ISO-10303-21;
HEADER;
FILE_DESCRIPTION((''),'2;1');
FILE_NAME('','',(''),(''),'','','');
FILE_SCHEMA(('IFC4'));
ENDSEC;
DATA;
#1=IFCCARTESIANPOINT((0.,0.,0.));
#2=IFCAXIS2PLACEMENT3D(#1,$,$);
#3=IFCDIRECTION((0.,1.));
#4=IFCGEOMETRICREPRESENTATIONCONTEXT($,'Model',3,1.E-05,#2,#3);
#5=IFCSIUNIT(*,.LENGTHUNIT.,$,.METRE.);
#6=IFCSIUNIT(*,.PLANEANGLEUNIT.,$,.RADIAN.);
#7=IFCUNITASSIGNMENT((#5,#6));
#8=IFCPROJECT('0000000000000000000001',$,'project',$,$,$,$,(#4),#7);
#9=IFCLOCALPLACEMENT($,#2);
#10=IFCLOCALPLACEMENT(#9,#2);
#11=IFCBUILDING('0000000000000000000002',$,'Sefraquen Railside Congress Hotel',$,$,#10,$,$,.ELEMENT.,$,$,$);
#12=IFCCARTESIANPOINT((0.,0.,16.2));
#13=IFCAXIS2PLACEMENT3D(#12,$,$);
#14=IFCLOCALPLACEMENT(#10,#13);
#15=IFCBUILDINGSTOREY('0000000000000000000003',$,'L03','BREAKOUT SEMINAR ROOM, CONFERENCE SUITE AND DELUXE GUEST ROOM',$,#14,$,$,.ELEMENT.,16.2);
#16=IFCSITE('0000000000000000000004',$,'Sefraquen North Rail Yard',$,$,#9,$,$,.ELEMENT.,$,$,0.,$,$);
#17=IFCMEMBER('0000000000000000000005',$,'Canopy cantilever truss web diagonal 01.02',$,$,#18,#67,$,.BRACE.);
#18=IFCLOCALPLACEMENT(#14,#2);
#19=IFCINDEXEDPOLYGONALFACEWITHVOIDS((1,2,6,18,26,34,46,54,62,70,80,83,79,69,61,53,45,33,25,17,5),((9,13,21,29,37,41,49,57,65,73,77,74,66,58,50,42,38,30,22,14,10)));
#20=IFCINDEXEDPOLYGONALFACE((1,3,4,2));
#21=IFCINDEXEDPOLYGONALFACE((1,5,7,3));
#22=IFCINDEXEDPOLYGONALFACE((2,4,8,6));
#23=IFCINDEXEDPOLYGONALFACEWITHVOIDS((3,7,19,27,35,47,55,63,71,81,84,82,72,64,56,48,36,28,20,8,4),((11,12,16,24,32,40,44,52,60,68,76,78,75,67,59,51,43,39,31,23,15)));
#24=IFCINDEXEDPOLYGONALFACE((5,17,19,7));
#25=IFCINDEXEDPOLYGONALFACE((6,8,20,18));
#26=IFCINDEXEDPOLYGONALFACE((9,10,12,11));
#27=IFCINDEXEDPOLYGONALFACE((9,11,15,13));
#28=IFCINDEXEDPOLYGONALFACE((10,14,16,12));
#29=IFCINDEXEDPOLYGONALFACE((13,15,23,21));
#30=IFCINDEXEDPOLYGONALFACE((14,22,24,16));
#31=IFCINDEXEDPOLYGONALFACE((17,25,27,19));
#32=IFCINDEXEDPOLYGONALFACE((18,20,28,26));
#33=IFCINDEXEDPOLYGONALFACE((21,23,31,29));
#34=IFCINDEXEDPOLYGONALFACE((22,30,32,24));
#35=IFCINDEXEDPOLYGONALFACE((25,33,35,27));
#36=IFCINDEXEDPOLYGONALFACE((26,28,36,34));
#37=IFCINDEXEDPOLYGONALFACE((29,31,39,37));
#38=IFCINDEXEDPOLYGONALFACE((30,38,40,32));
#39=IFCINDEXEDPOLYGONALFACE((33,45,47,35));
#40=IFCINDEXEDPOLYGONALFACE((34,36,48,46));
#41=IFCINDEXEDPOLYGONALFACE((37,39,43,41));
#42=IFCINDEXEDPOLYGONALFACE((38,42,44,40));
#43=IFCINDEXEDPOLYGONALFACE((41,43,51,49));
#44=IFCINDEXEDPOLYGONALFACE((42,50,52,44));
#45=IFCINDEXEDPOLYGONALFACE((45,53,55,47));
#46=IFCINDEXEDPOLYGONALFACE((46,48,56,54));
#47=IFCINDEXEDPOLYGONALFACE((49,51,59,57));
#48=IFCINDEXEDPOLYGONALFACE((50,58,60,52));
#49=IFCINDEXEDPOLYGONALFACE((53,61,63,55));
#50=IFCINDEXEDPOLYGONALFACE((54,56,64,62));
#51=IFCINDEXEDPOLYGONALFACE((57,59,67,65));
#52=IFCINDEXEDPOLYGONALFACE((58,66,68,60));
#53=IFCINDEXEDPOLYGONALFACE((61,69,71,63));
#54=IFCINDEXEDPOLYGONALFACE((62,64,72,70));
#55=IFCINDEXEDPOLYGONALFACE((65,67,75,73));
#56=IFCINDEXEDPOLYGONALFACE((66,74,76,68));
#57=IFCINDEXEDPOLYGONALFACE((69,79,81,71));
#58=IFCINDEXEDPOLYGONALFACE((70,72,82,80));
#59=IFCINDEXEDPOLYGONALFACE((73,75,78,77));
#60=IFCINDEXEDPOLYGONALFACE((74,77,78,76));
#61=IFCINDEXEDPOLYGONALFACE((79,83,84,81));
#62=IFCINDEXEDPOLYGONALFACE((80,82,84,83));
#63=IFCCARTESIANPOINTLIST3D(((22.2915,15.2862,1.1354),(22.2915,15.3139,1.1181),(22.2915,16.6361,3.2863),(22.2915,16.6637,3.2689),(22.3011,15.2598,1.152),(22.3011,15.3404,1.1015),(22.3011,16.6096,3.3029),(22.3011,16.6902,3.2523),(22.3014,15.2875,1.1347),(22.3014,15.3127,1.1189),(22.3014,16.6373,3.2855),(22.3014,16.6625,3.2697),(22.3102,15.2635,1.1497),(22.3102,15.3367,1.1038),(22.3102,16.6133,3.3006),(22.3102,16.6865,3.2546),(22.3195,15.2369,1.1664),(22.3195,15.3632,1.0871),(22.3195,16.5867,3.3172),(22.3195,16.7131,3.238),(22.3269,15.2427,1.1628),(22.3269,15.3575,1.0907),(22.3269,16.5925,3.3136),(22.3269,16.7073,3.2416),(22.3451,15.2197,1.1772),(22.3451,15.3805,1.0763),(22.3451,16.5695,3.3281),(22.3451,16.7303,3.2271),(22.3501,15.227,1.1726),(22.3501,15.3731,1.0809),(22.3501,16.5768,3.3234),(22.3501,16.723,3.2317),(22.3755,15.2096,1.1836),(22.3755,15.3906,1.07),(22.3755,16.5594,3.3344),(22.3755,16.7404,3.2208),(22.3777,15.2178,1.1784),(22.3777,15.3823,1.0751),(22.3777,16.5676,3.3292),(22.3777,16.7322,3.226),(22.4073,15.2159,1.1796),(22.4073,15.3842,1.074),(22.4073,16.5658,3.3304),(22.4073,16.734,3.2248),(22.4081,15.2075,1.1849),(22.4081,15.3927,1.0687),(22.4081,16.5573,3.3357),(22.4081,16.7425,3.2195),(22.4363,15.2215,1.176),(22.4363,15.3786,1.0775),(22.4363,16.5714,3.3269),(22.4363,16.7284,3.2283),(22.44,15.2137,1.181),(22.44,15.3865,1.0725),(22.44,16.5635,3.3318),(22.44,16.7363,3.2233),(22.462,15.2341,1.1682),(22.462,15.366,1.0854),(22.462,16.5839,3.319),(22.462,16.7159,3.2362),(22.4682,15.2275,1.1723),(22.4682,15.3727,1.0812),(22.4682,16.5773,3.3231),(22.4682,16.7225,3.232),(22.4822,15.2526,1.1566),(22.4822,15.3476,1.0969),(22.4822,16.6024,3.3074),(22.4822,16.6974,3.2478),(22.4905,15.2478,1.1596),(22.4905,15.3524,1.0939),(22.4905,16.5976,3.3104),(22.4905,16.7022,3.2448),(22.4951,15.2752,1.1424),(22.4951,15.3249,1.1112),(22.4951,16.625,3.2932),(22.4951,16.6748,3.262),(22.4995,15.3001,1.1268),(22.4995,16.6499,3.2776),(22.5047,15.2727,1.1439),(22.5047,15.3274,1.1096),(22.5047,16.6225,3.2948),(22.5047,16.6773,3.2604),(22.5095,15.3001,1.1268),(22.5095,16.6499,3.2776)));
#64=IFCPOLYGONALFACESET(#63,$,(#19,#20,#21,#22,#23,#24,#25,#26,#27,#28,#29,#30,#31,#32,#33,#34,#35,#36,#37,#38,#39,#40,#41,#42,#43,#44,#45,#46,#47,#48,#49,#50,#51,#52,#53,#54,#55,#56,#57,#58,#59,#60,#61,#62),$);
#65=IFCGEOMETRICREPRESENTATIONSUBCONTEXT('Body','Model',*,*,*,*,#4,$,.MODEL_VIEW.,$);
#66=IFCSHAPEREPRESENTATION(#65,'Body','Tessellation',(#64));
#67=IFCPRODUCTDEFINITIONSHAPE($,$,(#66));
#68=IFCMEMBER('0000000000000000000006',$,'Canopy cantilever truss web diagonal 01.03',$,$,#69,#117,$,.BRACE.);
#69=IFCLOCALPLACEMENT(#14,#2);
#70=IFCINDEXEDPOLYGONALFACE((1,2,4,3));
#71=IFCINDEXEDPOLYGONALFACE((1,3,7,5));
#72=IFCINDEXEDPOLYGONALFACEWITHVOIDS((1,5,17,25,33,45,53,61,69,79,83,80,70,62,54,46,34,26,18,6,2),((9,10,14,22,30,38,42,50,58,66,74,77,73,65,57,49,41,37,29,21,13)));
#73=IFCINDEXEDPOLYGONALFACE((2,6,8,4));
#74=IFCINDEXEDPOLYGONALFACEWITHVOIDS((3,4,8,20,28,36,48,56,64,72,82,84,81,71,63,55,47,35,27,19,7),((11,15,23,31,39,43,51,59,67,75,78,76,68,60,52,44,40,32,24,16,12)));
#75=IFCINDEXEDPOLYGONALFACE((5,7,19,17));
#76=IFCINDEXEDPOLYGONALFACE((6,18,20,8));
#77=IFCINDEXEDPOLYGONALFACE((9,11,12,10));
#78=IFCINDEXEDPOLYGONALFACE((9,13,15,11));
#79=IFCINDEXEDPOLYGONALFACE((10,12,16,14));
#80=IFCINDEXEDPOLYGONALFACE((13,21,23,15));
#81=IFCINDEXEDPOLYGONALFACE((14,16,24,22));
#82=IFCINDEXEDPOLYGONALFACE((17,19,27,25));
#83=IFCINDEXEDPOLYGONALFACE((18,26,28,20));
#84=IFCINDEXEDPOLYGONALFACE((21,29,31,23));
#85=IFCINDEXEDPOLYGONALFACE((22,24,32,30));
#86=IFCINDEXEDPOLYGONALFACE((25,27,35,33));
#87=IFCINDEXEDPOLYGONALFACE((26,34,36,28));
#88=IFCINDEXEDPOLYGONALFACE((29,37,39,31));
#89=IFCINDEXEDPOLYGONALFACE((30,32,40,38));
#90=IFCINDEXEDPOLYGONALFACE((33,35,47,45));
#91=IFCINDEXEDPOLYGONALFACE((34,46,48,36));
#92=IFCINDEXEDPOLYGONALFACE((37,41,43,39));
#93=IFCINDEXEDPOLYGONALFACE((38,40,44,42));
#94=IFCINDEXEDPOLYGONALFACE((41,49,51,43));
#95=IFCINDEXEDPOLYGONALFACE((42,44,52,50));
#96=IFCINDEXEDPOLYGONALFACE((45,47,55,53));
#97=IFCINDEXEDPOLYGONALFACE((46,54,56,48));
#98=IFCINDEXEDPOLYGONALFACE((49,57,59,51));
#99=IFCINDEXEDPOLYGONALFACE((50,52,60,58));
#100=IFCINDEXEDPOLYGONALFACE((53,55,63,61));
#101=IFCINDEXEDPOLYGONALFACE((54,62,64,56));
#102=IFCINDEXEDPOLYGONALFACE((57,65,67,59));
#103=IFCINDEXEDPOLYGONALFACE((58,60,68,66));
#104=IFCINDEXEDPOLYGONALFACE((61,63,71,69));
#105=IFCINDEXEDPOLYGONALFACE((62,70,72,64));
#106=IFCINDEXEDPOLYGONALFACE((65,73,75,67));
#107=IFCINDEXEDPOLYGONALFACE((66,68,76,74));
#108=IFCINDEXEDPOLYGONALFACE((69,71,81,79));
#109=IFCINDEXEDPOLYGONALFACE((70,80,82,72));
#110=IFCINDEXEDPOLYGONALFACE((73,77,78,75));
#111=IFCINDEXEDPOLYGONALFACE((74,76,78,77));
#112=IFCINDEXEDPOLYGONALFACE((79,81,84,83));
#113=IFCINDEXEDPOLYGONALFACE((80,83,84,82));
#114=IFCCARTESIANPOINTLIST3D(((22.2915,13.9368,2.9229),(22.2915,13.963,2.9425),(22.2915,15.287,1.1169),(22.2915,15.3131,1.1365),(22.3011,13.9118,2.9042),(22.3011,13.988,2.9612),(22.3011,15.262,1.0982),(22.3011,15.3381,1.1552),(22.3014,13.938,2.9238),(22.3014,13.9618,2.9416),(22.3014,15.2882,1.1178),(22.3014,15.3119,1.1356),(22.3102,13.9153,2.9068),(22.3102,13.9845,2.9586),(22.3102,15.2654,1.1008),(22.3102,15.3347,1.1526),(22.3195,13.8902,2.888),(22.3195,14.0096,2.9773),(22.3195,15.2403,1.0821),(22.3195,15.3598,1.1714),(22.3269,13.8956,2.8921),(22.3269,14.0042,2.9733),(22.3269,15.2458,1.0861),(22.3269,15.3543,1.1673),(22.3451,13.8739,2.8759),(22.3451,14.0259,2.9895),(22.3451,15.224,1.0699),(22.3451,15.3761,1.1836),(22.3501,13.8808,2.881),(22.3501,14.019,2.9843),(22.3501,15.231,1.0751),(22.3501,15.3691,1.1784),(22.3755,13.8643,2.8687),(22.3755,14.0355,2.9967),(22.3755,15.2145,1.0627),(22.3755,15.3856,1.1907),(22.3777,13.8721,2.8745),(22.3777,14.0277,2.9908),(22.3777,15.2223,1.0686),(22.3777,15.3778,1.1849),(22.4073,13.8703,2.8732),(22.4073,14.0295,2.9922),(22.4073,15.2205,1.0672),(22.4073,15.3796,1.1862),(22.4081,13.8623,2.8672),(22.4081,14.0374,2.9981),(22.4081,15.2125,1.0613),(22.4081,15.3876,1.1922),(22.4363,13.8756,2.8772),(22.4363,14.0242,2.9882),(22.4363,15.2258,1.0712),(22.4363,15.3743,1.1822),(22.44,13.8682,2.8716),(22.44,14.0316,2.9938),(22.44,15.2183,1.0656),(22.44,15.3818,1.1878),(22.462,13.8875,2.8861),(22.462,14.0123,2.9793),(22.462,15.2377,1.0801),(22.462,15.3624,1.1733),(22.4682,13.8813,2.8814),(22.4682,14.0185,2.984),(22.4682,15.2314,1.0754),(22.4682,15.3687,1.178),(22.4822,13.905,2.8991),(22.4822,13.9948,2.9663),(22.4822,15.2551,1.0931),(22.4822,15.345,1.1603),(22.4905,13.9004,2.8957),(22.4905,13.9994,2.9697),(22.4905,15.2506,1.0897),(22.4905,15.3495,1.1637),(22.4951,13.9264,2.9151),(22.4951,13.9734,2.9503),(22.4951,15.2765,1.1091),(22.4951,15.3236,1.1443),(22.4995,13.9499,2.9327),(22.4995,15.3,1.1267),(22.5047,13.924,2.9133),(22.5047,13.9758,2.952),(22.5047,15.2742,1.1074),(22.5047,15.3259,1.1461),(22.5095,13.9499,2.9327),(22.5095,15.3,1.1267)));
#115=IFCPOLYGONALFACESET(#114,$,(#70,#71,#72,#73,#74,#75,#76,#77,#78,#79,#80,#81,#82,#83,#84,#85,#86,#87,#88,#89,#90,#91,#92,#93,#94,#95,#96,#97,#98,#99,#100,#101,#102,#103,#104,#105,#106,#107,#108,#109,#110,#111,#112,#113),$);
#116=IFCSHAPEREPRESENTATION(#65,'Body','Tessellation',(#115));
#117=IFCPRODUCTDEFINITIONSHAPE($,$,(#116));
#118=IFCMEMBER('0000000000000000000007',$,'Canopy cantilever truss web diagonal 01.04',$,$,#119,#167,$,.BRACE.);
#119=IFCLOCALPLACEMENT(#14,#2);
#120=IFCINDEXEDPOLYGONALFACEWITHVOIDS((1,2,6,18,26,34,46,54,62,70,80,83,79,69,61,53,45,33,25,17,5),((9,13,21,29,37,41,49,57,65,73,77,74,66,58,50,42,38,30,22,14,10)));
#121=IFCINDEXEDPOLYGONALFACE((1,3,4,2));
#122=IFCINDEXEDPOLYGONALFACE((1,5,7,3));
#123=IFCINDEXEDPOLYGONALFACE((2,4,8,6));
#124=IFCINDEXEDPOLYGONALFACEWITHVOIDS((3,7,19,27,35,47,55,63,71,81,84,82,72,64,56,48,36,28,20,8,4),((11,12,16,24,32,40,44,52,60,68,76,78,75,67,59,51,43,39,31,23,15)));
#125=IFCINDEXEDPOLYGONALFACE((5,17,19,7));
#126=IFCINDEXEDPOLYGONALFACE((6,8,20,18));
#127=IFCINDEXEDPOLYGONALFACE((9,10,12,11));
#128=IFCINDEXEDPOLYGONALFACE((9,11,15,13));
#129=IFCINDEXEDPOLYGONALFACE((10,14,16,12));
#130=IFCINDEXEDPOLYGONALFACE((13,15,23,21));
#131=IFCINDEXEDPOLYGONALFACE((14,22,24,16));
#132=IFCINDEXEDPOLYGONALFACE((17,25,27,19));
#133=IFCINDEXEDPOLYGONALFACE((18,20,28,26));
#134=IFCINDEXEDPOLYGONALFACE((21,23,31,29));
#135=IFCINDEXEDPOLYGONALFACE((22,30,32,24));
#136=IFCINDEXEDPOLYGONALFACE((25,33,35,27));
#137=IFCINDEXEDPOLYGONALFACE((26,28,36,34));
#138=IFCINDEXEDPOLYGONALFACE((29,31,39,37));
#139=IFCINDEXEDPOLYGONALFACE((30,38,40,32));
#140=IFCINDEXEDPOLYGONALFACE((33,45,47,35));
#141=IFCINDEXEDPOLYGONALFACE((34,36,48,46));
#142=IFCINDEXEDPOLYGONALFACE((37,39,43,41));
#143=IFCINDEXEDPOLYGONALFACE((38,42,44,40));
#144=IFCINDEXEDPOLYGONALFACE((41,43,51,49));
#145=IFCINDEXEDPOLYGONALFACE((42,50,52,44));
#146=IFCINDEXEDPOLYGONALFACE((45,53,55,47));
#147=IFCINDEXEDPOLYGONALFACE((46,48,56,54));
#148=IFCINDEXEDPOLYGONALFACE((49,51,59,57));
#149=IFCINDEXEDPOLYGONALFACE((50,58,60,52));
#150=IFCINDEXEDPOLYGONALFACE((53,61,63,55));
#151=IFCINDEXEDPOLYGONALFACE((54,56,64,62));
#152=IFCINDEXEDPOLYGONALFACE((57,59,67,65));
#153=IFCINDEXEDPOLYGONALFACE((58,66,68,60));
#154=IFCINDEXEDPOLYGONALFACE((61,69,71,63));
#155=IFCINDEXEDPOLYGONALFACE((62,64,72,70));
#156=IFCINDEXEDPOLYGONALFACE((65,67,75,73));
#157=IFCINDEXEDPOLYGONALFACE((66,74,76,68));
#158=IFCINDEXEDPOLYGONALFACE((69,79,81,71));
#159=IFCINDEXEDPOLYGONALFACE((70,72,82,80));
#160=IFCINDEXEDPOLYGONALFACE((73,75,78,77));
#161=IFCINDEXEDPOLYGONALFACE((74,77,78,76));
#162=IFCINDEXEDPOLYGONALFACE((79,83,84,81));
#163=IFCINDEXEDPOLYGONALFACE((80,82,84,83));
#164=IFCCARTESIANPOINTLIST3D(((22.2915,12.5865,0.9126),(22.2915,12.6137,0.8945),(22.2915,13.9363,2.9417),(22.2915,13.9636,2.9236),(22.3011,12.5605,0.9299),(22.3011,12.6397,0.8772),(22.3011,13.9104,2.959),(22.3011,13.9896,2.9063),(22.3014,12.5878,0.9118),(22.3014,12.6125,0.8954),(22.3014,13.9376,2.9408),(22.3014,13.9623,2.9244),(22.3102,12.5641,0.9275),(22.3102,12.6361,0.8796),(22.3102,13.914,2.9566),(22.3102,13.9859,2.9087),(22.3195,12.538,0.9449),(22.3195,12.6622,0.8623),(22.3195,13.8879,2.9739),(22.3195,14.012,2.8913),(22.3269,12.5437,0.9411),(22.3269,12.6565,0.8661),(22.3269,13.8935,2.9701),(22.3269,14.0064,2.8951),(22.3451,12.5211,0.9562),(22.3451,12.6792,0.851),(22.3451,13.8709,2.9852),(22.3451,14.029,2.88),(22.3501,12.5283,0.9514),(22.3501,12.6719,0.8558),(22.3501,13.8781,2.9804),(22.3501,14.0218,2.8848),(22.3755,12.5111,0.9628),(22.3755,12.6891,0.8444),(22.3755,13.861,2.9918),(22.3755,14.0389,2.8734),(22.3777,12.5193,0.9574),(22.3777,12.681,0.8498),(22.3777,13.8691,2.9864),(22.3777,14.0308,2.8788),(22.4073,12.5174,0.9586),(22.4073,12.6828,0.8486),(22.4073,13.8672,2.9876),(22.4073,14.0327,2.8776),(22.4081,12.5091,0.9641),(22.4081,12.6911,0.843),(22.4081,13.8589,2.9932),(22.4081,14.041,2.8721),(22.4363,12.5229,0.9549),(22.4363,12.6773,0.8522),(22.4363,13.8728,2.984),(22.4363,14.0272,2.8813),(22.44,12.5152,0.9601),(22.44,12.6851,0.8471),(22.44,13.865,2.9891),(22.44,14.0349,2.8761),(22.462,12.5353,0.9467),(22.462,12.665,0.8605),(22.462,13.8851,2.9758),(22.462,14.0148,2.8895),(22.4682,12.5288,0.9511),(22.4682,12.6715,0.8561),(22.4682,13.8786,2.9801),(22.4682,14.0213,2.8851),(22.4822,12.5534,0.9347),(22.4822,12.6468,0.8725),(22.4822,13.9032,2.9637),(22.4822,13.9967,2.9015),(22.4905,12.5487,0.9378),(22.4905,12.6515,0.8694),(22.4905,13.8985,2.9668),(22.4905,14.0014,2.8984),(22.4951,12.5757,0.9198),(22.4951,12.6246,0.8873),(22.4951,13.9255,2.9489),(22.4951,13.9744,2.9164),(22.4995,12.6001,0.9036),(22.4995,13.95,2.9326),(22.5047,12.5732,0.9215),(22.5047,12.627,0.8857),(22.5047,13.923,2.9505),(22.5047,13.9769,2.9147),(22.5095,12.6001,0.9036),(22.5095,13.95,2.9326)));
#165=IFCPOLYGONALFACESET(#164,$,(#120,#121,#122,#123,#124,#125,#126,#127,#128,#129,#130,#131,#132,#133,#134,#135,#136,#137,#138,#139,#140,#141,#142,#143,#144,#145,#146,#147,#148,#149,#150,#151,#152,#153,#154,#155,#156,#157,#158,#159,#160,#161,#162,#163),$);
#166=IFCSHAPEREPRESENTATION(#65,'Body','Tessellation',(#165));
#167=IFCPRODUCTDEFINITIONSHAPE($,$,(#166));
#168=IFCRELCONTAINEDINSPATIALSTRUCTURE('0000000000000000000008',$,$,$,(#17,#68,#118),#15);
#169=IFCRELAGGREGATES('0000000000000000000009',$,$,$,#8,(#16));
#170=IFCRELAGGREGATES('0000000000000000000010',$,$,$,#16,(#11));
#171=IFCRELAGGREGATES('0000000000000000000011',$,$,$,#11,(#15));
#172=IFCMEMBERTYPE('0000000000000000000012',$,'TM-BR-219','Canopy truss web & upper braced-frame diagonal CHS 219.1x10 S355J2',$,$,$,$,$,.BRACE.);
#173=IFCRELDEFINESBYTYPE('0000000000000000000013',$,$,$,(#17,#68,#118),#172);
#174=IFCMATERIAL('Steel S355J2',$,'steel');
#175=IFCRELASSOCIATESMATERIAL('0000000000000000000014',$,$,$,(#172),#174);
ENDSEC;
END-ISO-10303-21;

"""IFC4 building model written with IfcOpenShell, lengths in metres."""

from ifc_helpers import new_model, si_unit, direction, frame, origin, origin_2d, place, context, subcontext, project, spatial, hollow_circle, extrude, material, material_profile, profile_set, type_object, element, save


model = new_model("IFC4")

# Units and contexts
model_context = context("Model", 3, precision=1e-05, world=origin(), true_north=direction((0.0, 1.0)))
body_context = subcontext(model_context, "Body", "Model", "MODEL_VIEW")
ifc_project = project(units=[si_unit("LENGTHUNIT", "METRE"), si_unit("PLANEANGLEUNIT", "RADIAN")], contexts=[model_context])

# Site, building, storey
site_placement = place(None, origin())
site = spatial("IfcSite", under=ifc_project, at=site_placement, Name="Sefraquen North Rail Yard", CompositionType="ELEMENT", RefElevation=0.0)
building_placement = place(site_placement, origin())
building = spatial("IfcBuilding", under=site, at=building_placement, Name="Sefraquen Railside Congress Hotel", CompositionType="ELEMENT")
storey_placement = place(building_placement, frame((0.0, 0.0, 16.2)))
storey = spatial("IfcBuildingStorey", under=building, at=storey_placement, Name="L03", Description="BREAKOUT SEMINAR ROOM, CONFERENCE SUITE AND DELUXE GUEST ROOM", CompositionType="ELEMENT", Elevation=16.2)

# Shared definitions
ifc_material_1 = material(Name="Steel S355J2", Category="steel")

# Members
ifc_material_profile_1 = material_profile(ifc_material_1, hollow_circle(Radius=0.1096, WallThickness=0.01, at=origin_2d()), Name="CHS 219.1x10")
ifc_profile_set_1 = profile_set([ifc_material_profile_1], Name="Steel S355J2")
member_type_1 = type_object("IfcMemberType", Name="TM-BR-219", Description="Canopy truss web & upper braced-frame diagonal CHS 219.1x10 S355J2", PredefinedType="BRACE", material=ifc_profile_set_1)
member_1_placement = place(storey_placement, frame((22.3999, 16.6499, 3.2776), z_axis=(0.0, -0.531571, -0.847014), x_axis=(1.0, 0.0, 0.0)))
element("IfcMember", 1, at=member_1_placement, inside=storey, type_object=member_type_1, Name="Canopy cantilever truss web diagonal 01.02", PredefinedType="BRACE", context=body_context, shape_type="SweptSolid", body=[
    extrude(hollow_circle(Radius=0.1096, WallThickness=0.01, at=origin_2d()), origin(), (0.0, 0.0, 1.0), 2.5393),
])
member_2_placement = place(storey_placement, frame((22.3999, 15.3, 1.1267), z_axis=(0.0, -0.598769, 0.800922), x_axis=(1.0, 0.0, 0.0)))
element("IfcMember", 2, at=member_2_placement, inside=storey, type_object=member_type_1, Name="Canopy cantilever truss web diagonal 01.03", PredefinedType="BRACE", context=body_context, shape_type="SweptSolid", body=[
    extrude(hollow_circle(Radius=0.1096, WallThickness=0.01, at=origin_2d()), origin(), (0.0, 0.0, 1.0), 2.2549),
])
member_3_placement = place(storey_placement, frame((22.3999, 13.95, 2.9326), z_axis=(0.0, -0.553891, -0.832589), x_axis=(1.0, 0.0, 0.0)))
element("IfcMember", 3, at=member_3_placement, inside=storey, type_object=member_type_1, Name="Canopy cantilever truss web diagonal 01.04", PredefinedType="BRACE", context=body_context, shape_type="SweptSolid", body=[
    extrude(hollow_circle(Radius=0.1096, WallThickness=0.01, at=origin_2d()), origin(), (0.0, 0.0, 1.0), 2.437),
])

save(model, "model.ifc")
